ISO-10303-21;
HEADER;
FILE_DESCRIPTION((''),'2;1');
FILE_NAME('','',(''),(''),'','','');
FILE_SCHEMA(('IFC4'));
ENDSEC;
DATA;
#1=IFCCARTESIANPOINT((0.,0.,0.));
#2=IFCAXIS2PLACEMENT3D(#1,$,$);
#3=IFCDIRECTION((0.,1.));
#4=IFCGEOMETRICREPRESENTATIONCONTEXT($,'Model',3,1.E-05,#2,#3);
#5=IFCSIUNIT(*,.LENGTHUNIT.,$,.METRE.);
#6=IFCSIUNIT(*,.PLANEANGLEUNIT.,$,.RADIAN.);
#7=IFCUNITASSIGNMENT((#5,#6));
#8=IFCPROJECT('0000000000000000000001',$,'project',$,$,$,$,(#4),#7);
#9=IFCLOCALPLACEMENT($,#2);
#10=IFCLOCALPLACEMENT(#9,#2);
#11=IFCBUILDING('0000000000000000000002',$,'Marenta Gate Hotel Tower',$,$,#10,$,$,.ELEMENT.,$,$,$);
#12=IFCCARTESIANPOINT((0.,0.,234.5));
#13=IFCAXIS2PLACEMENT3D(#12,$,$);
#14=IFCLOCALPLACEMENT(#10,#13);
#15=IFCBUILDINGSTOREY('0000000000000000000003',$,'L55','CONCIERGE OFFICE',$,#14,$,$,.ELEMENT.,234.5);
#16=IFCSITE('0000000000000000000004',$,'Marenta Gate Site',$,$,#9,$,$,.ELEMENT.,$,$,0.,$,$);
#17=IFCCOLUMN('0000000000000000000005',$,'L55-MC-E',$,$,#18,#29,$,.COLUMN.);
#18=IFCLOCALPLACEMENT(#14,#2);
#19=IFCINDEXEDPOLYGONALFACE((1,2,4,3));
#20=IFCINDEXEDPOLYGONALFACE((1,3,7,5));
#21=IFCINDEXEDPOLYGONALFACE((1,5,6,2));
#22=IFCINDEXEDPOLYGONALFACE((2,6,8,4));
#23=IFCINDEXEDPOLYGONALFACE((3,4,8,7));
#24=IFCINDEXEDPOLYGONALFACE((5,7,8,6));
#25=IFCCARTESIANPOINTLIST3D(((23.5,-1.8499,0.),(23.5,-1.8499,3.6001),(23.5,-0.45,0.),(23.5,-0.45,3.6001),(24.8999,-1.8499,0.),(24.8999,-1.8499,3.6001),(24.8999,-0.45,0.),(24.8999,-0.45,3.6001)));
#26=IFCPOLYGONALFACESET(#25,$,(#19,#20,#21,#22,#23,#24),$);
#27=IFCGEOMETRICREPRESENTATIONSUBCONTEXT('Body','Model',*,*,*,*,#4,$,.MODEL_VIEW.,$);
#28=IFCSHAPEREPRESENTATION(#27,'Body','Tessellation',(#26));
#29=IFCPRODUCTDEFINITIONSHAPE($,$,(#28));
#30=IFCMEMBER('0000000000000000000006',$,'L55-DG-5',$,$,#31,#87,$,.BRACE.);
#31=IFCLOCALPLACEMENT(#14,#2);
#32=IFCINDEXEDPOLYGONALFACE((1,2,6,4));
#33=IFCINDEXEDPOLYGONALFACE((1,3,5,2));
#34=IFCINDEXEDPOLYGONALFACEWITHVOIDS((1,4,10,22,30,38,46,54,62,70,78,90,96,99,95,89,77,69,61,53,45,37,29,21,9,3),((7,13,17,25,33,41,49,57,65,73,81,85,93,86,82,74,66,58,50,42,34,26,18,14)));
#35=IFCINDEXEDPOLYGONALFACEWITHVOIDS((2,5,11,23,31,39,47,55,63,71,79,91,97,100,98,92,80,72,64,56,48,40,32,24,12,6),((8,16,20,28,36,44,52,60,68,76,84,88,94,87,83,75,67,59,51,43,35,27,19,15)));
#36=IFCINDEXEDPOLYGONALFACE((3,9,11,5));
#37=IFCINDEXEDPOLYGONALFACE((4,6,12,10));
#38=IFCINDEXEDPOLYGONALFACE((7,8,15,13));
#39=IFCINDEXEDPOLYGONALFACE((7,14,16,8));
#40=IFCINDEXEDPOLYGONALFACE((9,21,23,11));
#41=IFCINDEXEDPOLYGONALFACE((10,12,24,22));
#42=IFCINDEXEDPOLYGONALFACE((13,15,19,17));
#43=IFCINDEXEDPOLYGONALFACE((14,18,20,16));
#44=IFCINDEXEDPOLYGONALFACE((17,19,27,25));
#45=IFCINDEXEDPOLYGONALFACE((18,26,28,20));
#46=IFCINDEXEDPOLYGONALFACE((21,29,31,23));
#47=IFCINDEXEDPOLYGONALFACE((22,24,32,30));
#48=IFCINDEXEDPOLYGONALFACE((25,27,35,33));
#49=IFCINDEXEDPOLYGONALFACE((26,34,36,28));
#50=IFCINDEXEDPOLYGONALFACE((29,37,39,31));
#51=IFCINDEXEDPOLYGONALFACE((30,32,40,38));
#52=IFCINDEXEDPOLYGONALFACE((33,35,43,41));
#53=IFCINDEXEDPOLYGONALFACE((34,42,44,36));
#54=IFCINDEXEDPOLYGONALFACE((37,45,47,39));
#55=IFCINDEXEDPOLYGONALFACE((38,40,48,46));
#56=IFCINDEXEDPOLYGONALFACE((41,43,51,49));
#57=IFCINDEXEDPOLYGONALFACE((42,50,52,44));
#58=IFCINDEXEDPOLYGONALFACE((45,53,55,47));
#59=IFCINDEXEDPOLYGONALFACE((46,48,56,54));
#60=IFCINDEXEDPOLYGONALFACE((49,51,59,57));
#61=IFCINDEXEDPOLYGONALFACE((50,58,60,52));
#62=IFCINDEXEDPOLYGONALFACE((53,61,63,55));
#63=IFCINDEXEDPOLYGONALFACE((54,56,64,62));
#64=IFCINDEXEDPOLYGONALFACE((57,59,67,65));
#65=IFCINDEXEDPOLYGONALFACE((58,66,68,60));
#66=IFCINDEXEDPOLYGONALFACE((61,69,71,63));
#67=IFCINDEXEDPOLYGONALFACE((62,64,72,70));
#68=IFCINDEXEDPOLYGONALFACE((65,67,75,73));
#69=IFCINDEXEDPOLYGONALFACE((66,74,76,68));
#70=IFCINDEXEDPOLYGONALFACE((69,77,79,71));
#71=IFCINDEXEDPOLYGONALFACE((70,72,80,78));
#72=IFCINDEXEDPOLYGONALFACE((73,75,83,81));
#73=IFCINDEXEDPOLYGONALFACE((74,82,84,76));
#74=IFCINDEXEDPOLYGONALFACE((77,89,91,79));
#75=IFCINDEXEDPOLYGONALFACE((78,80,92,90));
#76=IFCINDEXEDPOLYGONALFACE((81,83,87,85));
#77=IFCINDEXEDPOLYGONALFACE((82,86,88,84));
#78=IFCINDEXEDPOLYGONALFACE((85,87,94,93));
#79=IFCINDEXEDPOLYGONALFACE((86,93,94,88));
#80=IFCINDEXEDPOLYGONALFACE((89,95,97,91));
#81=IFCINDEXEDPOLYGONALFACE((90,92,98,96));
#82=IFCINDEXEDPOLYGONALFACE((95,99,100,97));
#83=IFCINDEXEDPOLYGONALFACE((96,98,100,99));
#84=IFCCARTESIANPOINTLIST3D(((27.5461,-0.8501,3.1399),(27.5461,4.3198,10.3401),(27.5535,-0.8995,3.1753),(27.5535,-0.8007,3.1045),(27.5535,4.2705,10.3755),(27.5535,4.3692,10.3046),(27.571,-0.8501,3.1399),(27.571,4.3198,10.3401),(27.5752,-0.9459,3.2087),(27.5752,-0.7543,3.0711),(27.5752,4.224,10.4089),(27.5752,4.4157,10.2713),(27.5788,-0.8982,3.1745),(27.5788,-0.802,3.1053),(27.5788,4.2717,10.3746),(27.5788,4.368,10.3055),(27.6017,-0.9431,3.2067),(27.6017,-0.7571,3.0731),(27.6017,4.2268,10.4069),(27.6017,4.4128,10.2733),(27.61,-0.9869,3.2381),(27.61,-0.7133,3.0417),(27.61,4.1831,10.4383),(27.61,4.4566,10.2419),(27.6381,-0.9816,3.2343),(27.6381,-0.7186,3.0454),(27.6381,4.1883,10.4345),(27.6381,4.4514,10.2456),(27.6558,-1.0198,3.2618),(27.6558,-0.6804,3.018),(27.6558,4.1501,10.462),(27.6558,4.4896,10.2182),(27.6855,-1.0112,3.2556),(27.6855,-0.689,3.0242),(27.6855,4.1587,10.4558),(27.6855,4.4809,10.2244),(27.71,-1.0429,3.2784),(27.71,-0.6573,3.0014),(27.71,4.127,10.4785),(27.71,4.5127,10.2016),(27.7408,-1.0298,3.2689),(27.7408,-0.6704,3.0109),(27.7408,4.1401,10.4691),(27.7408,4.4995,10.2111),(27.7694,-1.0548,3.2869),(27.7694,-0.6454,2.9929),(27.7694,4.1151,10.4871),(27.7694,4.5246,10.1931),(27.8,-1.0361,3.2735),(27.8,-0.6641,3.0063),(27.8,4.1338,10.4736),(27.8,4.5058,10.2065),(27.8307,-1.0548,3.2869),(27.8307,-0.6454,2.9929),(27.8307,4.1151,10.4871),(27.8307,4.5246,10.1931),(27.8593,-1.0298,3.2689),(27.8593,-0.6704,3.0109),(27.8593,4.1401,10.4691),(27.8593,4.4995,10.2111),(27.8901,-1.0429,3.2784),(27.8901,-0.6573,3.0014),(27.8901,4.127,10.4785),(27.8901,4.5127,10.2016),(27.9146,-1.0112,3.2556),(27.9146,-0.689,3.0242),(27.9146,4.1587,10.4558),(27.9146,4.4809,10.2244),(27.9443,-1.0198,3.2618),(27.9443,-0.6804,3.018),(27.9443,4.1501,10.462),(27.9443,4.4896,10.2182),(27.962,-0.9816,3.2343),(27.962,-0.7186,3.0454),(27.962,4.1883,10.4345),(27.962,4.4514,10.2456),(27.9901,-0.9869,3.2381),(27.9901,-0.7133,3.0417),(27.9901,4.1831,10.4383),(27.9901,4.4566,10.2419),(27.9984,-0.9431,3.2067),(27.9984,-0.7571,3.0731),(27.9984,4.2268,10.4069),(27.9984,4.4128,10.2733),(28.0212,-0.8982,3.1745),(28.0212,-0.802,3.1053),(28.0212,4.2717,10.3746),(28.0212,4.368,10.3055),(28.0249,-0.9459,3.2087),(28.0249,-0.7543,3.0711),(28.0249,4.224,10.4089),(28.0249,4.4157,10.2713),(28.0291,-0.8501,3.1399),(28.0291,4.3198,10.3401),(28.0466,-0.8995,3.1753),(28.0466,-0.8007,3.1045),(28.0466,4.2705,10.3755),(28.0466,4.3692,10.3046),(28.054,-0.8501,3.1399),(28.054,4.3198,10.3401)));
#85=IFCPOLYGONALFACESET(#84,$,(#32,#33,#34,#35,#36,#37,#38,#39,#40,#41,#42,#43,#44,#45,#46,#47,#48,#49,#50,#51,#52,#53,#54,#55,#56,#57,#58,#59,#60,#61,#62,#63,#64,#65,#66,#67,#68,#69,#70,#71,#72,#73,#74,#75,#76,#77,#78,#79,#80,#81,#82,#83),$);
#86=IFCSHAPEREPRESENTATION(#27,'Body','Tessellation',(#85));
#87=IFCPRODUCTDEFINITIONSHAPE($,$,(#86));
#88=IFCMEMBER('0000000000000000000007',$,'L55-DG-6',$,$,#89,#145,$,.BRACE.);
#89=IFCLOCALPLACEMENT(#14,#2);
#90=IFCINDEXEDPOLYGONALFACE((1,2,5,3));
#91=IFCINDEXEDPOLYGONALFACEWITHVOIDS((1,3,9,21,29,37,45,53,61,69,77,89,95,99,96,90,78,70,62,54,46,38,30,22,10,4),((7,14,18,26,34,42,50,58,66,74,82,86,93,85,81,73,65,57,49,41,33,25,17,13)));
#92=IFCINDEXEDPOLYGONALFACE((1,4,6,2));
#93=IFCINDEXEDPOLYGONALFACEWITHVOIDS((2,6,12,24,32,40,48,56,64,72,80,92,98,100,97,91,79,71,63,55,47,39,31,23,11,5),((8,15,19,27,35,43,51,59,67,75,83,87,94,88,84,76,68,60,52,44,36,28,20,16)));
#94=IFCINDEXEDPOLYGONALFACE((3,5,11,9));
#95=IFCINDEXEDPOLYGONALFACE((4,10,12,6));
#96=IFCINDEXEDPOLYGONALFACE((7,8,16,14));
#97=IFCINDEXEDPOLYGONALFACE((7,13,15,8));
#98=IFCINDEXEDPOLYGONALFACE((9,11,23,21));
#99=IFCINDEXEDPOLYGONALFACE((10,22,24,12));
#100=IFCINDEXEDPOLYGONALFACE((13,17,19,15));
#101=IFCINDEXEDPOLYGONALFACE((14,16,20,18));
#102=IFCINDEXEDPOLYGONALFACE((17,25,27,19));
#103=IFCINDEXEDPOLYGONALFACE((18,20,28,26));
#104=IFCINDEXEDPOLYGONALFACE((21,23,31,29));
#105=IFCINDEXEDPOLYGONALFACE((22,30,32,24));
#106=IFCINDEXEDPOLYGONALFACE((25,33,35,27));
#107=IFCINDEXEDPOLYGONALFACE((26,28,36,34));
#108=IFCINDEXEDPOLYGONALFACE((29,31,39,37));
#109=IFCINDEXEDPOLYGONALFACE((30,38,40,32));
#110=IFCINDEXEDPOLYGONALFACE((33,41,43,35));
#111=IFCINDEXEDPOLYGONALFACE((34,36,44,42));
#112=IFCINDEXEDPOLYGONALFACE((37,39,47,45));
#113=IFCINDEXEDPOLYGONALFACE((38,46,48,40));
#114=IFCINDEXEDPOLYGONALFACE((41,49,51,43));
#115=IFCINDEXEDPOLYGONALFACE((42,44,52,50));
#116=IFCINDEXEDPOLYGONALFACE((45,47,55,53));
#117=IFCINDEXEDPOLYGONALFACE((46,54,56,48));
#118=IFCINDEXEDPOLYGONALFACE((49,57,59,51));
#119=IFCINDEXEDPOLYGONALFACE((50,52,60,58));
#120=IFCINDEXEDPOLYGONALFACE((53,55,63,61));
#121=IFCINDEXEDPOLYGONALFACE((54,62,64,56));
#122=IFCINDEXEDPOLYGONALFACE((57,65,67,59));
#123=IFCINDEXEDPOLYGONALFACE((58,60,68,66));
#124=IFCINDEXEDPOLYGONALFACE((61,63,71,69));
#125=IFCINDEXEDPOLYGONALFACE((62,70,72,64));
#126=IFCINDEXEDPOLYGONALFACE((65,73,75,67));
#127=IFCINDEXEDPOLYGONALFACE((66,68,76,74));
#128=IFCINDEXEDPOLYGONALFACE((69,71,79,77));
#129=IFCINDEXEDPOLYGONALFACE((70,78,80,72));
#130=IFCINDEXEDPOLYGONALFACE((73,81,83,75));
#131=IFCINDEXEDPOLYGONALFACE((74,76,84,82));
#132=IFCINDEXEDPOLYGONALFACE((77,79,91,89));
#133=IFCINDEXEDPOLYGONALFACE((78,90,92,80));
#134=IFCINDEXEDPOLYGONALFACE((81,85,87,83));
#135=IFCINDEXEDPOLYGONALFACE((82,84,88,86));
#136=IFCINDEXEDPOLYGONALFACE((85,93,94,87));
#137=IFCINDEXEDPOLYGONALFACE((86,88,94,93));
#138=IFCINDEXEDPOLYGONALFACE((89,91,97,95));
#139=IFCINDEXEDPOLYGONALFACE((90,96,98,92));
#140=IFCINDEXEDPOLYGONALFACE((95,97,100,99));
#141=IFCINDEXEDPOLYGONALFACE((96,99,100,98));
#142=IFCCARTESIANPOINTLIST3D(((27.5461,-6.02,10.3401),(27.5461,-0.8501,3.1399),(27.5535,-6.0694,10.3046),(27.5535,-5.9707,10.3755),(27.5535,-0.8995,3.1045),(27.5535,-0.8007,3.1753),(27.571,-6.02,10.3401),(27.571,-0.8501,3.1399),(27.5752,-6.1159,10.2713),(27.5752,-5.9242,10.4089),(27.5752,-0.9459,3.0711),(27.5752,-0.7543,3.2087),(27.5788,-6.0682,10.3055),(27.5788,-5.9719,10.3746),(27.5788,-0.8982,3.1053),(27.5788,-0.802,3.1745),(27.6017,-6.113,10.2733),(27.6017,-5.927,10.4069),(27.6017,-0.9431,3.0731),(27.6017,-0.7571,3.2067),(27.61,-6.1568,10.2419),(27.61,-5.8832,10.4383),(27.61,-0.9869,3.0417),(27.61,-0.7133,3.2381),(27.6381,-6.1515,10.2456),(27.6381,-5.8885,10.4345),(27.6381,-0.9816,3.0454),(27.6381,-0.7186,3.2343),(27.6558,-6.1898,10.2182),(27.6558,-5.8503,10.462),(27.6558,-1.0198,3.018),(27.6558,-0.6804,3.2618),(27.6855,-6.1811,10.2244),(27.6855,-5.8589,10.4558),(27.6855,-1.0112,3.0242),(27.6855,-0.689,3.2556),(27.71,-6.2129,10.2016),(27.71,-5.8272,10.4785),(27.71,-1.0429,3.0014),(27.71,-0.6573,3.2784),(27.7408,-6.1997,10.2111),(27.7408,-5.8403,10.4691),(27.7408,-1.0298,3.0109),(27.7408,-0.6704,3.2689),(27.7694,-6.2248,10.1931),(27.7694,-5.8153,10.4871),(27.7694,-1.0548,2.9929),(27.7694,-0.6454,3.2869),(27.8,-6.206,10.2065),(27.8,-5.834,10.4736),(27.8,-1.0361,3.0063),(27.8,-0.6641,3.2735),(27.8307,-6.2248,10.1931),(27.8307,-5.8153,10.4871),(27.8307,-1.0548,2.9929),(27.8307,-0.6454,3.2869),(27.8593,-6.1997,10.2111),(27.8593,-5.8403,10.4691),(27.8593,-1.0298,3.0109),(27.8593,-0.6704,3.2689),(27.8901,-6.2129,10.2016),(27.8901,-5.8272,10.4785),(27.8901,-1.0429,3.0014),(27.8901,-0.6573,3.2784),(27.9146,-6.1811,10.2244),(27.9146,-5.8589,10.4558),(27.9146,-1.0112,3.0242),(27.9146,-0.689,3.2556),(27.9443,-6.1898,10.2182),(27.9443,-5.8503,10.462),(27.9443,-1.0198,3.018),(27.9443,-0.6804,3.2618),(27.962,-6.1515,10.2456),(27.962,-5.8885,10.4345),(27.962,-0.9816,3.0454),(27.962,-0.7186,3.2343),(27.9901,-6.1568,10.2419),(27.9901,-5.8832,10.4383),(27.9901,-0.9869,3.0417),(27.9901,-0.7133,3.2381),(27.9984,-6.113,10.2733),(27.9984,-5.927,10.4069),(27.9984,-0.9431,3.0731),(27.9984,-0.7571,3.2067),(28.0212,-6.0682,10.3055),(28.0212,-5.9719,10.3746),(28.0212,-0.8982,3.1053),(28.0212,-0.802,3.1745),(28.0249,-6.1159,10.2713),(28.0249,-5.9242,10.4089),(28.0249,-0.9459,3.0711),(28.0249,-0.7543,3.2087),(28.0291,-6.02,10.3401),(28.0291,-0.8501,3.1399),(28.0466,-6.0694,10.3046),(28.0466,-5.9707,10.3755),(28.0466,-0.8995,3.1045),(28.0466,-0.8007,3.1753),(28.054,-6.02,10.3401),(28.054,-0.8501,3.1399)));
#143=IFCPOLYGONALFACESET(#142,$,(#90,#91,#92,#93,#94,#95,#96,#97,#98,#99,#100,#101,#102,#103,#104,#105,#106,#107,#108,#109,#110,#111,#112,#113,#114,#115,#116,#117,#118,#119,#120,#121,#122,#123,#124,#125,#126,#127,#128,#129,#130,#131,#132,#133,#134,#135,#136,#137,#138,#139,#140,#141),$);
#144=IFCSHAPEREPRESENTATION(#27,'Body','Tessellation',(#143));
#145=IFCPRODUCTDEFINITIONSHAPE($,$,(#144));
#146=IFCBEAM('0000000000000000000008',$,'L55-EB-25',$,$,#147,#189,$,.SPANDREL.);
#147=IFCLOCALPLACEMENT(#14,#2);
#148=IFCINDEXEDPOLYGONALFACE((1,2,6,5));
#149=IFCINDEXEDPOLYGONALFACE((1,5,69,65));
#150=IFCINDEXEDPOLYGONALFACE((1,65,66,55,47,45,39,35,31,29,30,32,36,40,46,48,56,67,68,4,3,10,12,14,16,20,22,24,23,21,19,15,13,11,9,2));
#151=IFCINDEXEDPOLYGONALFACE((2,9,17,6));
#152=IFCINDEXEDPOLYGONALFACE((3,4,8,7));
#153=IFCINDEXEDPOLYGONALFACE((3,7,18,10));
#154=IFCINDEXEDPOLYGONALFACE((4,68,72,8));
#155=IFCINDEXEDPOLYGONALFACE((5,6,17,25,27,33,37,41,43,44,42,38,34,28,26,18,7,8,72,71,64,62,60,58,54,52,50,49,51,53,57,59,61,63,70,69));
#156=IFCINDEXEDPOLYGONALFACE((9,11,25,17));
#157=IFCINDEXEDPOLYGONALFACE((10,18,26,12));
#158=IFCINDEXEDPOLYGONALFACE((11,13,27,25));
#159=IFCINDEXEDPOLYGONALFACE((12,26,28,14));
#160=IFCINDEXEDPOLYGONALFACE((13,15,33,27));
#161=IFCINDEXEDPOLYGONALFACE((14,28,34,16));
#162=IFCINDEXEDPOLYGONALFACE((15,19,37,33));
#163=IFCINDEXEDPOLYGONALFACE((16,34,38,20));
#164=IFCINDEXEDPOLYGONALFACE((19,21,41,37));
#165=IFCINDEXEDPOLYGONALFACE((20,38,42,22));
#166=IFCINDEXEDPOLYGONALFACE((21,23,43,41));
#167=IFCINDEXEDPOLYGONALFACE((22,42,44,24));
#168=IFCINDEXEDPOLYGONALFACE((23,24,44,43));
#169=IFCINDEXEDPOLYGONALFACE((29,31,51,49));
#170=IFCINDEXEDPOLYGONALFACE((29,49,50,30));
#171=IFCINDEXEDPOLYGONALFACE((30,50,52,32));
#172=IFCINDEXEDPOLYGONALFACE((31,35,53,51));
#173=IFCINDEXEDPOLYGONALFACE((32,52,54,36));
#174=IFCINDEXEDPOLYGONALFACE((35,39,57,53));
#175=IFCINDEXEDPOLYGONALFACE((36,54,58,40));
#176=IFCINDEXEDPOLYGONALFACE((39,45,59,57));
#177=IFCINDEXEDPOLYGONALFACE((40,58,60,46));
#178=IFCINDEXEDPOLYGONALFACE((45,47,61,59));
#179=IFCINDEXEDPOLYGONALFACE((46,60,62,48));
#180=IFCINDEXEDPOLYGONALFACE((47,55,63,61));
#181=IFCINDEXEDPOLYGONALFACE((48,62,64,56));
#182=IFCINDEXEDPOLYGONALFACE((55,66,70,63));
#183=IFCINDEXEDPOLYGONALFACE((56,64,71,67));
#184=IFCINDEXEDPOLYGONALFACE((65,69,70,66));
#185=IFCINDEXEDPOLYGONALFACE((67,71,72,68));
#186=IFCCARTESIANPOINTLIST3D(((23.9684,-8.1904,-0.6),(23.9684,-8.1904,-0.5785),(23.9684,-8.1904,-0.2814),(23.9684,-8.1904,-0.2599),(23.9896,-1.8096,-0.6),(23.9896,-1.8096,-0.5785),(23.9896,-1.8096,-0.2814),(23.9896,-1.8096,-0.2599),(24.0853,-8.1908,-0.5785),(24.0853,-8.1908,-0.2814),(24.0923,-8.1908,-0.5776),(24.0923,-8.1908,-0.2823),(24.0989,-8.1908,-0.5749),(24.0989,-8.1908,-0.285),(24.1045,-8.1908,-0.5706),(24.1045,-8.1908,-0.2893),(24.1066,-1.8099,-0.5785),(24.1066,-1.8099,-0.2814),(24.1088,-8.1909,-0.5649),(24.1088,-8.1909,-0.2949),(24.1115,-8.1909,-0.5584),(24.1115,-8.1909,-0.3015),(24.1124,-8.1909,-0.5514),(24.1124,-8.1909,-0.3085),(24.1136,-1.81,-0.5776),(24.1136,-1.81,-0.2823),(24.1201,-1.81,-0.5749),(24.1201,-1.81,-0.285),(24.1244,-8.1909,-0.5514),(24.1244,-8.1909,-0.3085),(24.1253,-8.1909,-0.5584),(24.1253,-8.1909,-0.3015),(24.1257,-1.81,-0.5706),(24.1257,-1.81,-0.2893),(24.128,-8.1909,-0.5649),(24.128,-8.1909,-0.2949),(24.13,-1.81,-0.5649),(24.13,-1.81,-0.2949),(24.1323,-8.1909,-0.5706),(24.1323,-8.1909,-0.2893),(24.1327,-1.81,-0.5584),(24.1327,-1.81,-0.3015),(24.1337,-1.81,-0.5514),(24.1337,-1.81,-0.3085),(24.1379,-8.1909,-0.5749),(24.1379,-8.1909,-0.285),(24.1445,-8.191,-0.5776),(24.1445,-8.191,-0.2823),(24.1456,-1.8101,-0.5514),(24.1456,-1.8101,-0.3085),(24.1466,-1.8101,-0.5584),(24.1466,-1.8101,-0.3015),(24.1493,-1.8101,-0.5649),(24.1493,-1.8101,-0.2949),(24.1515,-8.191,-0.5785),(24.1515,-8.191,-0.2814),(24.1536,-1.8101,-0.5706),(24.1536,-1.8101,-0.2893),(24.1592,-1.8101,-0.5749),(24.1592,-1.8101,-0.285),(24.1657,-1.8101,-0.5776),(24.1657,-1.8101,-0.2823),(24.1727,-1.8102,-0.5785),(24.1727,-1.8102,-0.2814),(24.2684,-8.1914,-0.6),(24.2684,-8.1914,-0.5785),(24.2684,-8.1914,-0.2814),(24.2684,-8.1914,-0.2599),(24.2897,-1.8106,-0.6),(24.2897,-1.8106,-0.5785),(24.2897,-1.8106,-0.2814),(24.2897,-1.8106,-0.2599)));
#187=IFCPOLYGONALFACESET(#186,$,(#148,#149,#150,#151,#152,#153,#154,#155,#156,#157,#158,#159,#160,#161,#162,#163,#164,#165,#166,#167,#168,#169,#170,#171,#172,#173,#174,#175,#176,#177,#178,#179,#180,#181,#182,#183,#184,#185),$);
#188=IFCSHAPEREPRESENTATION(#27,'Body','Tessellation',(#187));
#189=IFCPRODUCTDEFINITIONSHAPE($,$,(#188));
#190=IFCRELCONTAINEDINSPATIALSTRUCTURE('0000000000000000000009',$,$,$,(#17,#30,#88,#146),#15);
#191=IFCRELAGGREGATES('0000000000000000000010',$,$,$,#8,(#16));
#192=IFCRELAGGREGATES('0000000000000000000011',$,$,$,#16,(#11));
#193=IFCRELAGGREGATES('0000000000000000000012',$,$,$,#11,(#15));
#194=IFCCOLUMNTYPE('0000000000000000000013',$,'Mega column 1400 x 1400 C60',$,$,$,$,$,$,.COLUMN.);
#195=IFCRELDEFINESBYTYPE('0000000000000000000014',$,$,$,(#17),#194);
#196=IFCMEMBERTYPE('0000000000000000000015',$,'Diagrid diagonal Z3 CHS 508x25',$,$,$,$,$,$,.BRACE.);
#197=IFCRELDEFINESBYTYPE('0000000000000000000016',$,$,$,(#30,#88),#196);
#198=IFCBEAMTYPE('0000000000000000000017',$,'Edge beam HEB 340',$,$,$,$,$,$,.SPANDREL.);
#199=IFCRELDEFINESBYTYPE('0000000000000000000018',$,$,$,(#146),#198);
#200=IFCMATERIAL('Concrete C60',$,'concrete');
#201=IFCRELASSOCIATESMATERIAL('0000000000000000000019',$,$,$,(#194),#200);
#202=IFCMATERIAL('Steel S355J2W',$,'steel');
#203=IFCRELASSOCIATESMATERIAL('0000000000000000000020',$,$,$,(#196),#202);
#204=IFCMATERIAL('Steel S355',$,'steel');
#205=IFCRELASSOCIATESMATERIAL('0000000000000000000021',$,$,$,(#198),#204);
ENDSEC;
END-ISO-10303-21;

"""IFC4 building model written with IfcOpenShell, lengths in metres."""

from ifc_helpers import new_model, si_unit, direction, frame, origin, origin_2d, place, context, subcontext, project, spatial, rectangle, hollow_circle, i_section, extrude, material, material_profile, profile_set, type_object, element, save


model = new_model("IFC4")

# Units and contexts
model_context = context("Model", 3, precision=1e-05, world=origin(), true_north=direction((0.0, 1.0)))
body_context = subcontext(model_context, "Body", "Model", "MODEL_VIEW")
ifc_project = project(units=[si_unit("LENGTHUNIT", "METRE"), si_unit("PLANEANGLEUNIT", "RADIAN")], contexts=[model_context])

# Site, building, storey
site_placement = place(None, origin())
site = spatial("IfcSite", under=ifc_project, at=site_placement, Name="Marenta Gate Site", CompositionType="ELEMENT", RefElevation=0.0)
building_placement = place(site_placement, origin())
building = spatial("IfcBuilding", under=site, at=building_placement, Name="Marenta Gate Hotel Tower", CompositionType="ELEMENT")
storey_placement = place(building_placement, frame((0.0, 0.0, 234.5)))
storey = spatial("IfcBuildingStorey", under=building, at=storey_placement, Name="L55", Description="CONCIERGE OFFICE", CompositionType="ELEMENT", Elevation=234.5)

# Column
ifc_material_1 = material(Name="Concrete C60", Category="concrete")
ifc_material_profile_1 = material_profile(ifc_material_1, rectangle(XDim=1.3999, YDim=1.3999, at=origin_2d()), Name="1400 x 1400")
ifc_profile_set_1 = profile_set([ifc_material_profile_1], Name="Concrete C60")
column_type = type_object("IfcColumnType", Name="Mega column 1400 x 1400 C60", PredefinedType="COLUMN", material=ifc_profile_set_1)
column_placement = place(storey_placement, frame((24.2, -1.1499, 0.0), z_axis=(0.0, 0.0, 1.0), x_axis=(1.0, 0.0, 0.0)))
element("IfcColumn", 1, at=column_placement, inside=storey, type_object=column_type, Name="L55-MC-E", PredefinedType="COLUMN", context=body_context, shape_type="SweptSolid", body=[
    extrude(rectangle(XDim=1.3999, YDim=1.3999, at=origin_2d()), origin(), (0.0, 0.0, 1.0), 3.6001),
])

# Members
ifc_material_2 = material(Name="Steel S355J2W", Category="steel")
ifc_material_profile_2 = material_profile(ifc_material_2, hollow_circle(Radius=0.2539, WallThickness=0.0249, at=origin_2d()), Name="CHS 508x25")
ifc_profile_set_2 = profile_set([ifc_material_profile_2], Name="Steel S355J2W")
member_type_1 = type_object("IfcMemberType", Name="Diagrid diagonal Z3 CHS 508x25", PredefinedType="BRACE", material=ifc_profile_set_2)
for number, where, z_axis, x_axis, name in (
    (2, (27.8, -0.8501, 3.1399), (0.0, 0.583248, 0.812294), (-1.0, 0.0, 0.0), "L55-DG-5"),
    (3, (27.8, -0.8501, 3.1399), (0.0, -0.583248, 0.812294), (1.0, 0.0, 0.0), "L55-DG-6"),
):
    element("IfcMember", number, at=place(storey_placement, frame(where, z_axis=z_axis, x_axis=x_axis)), inside=storey, type_object=member_type_1, Name=name, PredefinedType="BRACE", context=body_context, shape_type="SweptSolid", body=[
        extrude(hollow_circle(Radius=0.2539, WallThickness=0.0249, at=origin_2d()), origin(), (0.0, 0.0, 1.0), 8.864),
    ])

# Beam
ifc_material_3 = material(Name="Steel S355", Category="steel")
ifc_material_profile_3 = material_profile(ifc_material_3, i_section(OverallWidth=0.3, OverallDepth=0.3401, WebThickness=0.012, FlangeThickness=0.0215, FilletRadius=0.0271, at=origin_2d()), Name="HEB 340")
ifc_profile_set_3 = profile_set([ifc_material_profile_3], Name="Steel S355")
beam_type = type_object("IfcBeamType", Name="Edge beam HEB 340", PredefinedType="SPANDREL", material=ifc_profile_set_3)
beam_placement = place(storey_placement, frame((24.1396, -1.8101, -0.4299), z_axis=(-0.003329, -0.999994, 0.0), x_axis=(0.999994, -0.003329, 0.0)))
element("IfcBeam", 4, at=beam_placement, inside=storey, type_object=beam_type, Name="L55-EB-25", PredefinedType="SPANDREL", context=body_context, shape_type="SweptSolid", body=[
    extrude(i_section(OverallWidth=0.3, OverallDepth=0.3401, WebThickness=0.012, FlangeThickness=0.0215, FilletRadius=0.0271, at=origin_2d()), origin(), (0.0, 0.0, 1.0), 6.3809),
])

save(model, "model.ifc")
